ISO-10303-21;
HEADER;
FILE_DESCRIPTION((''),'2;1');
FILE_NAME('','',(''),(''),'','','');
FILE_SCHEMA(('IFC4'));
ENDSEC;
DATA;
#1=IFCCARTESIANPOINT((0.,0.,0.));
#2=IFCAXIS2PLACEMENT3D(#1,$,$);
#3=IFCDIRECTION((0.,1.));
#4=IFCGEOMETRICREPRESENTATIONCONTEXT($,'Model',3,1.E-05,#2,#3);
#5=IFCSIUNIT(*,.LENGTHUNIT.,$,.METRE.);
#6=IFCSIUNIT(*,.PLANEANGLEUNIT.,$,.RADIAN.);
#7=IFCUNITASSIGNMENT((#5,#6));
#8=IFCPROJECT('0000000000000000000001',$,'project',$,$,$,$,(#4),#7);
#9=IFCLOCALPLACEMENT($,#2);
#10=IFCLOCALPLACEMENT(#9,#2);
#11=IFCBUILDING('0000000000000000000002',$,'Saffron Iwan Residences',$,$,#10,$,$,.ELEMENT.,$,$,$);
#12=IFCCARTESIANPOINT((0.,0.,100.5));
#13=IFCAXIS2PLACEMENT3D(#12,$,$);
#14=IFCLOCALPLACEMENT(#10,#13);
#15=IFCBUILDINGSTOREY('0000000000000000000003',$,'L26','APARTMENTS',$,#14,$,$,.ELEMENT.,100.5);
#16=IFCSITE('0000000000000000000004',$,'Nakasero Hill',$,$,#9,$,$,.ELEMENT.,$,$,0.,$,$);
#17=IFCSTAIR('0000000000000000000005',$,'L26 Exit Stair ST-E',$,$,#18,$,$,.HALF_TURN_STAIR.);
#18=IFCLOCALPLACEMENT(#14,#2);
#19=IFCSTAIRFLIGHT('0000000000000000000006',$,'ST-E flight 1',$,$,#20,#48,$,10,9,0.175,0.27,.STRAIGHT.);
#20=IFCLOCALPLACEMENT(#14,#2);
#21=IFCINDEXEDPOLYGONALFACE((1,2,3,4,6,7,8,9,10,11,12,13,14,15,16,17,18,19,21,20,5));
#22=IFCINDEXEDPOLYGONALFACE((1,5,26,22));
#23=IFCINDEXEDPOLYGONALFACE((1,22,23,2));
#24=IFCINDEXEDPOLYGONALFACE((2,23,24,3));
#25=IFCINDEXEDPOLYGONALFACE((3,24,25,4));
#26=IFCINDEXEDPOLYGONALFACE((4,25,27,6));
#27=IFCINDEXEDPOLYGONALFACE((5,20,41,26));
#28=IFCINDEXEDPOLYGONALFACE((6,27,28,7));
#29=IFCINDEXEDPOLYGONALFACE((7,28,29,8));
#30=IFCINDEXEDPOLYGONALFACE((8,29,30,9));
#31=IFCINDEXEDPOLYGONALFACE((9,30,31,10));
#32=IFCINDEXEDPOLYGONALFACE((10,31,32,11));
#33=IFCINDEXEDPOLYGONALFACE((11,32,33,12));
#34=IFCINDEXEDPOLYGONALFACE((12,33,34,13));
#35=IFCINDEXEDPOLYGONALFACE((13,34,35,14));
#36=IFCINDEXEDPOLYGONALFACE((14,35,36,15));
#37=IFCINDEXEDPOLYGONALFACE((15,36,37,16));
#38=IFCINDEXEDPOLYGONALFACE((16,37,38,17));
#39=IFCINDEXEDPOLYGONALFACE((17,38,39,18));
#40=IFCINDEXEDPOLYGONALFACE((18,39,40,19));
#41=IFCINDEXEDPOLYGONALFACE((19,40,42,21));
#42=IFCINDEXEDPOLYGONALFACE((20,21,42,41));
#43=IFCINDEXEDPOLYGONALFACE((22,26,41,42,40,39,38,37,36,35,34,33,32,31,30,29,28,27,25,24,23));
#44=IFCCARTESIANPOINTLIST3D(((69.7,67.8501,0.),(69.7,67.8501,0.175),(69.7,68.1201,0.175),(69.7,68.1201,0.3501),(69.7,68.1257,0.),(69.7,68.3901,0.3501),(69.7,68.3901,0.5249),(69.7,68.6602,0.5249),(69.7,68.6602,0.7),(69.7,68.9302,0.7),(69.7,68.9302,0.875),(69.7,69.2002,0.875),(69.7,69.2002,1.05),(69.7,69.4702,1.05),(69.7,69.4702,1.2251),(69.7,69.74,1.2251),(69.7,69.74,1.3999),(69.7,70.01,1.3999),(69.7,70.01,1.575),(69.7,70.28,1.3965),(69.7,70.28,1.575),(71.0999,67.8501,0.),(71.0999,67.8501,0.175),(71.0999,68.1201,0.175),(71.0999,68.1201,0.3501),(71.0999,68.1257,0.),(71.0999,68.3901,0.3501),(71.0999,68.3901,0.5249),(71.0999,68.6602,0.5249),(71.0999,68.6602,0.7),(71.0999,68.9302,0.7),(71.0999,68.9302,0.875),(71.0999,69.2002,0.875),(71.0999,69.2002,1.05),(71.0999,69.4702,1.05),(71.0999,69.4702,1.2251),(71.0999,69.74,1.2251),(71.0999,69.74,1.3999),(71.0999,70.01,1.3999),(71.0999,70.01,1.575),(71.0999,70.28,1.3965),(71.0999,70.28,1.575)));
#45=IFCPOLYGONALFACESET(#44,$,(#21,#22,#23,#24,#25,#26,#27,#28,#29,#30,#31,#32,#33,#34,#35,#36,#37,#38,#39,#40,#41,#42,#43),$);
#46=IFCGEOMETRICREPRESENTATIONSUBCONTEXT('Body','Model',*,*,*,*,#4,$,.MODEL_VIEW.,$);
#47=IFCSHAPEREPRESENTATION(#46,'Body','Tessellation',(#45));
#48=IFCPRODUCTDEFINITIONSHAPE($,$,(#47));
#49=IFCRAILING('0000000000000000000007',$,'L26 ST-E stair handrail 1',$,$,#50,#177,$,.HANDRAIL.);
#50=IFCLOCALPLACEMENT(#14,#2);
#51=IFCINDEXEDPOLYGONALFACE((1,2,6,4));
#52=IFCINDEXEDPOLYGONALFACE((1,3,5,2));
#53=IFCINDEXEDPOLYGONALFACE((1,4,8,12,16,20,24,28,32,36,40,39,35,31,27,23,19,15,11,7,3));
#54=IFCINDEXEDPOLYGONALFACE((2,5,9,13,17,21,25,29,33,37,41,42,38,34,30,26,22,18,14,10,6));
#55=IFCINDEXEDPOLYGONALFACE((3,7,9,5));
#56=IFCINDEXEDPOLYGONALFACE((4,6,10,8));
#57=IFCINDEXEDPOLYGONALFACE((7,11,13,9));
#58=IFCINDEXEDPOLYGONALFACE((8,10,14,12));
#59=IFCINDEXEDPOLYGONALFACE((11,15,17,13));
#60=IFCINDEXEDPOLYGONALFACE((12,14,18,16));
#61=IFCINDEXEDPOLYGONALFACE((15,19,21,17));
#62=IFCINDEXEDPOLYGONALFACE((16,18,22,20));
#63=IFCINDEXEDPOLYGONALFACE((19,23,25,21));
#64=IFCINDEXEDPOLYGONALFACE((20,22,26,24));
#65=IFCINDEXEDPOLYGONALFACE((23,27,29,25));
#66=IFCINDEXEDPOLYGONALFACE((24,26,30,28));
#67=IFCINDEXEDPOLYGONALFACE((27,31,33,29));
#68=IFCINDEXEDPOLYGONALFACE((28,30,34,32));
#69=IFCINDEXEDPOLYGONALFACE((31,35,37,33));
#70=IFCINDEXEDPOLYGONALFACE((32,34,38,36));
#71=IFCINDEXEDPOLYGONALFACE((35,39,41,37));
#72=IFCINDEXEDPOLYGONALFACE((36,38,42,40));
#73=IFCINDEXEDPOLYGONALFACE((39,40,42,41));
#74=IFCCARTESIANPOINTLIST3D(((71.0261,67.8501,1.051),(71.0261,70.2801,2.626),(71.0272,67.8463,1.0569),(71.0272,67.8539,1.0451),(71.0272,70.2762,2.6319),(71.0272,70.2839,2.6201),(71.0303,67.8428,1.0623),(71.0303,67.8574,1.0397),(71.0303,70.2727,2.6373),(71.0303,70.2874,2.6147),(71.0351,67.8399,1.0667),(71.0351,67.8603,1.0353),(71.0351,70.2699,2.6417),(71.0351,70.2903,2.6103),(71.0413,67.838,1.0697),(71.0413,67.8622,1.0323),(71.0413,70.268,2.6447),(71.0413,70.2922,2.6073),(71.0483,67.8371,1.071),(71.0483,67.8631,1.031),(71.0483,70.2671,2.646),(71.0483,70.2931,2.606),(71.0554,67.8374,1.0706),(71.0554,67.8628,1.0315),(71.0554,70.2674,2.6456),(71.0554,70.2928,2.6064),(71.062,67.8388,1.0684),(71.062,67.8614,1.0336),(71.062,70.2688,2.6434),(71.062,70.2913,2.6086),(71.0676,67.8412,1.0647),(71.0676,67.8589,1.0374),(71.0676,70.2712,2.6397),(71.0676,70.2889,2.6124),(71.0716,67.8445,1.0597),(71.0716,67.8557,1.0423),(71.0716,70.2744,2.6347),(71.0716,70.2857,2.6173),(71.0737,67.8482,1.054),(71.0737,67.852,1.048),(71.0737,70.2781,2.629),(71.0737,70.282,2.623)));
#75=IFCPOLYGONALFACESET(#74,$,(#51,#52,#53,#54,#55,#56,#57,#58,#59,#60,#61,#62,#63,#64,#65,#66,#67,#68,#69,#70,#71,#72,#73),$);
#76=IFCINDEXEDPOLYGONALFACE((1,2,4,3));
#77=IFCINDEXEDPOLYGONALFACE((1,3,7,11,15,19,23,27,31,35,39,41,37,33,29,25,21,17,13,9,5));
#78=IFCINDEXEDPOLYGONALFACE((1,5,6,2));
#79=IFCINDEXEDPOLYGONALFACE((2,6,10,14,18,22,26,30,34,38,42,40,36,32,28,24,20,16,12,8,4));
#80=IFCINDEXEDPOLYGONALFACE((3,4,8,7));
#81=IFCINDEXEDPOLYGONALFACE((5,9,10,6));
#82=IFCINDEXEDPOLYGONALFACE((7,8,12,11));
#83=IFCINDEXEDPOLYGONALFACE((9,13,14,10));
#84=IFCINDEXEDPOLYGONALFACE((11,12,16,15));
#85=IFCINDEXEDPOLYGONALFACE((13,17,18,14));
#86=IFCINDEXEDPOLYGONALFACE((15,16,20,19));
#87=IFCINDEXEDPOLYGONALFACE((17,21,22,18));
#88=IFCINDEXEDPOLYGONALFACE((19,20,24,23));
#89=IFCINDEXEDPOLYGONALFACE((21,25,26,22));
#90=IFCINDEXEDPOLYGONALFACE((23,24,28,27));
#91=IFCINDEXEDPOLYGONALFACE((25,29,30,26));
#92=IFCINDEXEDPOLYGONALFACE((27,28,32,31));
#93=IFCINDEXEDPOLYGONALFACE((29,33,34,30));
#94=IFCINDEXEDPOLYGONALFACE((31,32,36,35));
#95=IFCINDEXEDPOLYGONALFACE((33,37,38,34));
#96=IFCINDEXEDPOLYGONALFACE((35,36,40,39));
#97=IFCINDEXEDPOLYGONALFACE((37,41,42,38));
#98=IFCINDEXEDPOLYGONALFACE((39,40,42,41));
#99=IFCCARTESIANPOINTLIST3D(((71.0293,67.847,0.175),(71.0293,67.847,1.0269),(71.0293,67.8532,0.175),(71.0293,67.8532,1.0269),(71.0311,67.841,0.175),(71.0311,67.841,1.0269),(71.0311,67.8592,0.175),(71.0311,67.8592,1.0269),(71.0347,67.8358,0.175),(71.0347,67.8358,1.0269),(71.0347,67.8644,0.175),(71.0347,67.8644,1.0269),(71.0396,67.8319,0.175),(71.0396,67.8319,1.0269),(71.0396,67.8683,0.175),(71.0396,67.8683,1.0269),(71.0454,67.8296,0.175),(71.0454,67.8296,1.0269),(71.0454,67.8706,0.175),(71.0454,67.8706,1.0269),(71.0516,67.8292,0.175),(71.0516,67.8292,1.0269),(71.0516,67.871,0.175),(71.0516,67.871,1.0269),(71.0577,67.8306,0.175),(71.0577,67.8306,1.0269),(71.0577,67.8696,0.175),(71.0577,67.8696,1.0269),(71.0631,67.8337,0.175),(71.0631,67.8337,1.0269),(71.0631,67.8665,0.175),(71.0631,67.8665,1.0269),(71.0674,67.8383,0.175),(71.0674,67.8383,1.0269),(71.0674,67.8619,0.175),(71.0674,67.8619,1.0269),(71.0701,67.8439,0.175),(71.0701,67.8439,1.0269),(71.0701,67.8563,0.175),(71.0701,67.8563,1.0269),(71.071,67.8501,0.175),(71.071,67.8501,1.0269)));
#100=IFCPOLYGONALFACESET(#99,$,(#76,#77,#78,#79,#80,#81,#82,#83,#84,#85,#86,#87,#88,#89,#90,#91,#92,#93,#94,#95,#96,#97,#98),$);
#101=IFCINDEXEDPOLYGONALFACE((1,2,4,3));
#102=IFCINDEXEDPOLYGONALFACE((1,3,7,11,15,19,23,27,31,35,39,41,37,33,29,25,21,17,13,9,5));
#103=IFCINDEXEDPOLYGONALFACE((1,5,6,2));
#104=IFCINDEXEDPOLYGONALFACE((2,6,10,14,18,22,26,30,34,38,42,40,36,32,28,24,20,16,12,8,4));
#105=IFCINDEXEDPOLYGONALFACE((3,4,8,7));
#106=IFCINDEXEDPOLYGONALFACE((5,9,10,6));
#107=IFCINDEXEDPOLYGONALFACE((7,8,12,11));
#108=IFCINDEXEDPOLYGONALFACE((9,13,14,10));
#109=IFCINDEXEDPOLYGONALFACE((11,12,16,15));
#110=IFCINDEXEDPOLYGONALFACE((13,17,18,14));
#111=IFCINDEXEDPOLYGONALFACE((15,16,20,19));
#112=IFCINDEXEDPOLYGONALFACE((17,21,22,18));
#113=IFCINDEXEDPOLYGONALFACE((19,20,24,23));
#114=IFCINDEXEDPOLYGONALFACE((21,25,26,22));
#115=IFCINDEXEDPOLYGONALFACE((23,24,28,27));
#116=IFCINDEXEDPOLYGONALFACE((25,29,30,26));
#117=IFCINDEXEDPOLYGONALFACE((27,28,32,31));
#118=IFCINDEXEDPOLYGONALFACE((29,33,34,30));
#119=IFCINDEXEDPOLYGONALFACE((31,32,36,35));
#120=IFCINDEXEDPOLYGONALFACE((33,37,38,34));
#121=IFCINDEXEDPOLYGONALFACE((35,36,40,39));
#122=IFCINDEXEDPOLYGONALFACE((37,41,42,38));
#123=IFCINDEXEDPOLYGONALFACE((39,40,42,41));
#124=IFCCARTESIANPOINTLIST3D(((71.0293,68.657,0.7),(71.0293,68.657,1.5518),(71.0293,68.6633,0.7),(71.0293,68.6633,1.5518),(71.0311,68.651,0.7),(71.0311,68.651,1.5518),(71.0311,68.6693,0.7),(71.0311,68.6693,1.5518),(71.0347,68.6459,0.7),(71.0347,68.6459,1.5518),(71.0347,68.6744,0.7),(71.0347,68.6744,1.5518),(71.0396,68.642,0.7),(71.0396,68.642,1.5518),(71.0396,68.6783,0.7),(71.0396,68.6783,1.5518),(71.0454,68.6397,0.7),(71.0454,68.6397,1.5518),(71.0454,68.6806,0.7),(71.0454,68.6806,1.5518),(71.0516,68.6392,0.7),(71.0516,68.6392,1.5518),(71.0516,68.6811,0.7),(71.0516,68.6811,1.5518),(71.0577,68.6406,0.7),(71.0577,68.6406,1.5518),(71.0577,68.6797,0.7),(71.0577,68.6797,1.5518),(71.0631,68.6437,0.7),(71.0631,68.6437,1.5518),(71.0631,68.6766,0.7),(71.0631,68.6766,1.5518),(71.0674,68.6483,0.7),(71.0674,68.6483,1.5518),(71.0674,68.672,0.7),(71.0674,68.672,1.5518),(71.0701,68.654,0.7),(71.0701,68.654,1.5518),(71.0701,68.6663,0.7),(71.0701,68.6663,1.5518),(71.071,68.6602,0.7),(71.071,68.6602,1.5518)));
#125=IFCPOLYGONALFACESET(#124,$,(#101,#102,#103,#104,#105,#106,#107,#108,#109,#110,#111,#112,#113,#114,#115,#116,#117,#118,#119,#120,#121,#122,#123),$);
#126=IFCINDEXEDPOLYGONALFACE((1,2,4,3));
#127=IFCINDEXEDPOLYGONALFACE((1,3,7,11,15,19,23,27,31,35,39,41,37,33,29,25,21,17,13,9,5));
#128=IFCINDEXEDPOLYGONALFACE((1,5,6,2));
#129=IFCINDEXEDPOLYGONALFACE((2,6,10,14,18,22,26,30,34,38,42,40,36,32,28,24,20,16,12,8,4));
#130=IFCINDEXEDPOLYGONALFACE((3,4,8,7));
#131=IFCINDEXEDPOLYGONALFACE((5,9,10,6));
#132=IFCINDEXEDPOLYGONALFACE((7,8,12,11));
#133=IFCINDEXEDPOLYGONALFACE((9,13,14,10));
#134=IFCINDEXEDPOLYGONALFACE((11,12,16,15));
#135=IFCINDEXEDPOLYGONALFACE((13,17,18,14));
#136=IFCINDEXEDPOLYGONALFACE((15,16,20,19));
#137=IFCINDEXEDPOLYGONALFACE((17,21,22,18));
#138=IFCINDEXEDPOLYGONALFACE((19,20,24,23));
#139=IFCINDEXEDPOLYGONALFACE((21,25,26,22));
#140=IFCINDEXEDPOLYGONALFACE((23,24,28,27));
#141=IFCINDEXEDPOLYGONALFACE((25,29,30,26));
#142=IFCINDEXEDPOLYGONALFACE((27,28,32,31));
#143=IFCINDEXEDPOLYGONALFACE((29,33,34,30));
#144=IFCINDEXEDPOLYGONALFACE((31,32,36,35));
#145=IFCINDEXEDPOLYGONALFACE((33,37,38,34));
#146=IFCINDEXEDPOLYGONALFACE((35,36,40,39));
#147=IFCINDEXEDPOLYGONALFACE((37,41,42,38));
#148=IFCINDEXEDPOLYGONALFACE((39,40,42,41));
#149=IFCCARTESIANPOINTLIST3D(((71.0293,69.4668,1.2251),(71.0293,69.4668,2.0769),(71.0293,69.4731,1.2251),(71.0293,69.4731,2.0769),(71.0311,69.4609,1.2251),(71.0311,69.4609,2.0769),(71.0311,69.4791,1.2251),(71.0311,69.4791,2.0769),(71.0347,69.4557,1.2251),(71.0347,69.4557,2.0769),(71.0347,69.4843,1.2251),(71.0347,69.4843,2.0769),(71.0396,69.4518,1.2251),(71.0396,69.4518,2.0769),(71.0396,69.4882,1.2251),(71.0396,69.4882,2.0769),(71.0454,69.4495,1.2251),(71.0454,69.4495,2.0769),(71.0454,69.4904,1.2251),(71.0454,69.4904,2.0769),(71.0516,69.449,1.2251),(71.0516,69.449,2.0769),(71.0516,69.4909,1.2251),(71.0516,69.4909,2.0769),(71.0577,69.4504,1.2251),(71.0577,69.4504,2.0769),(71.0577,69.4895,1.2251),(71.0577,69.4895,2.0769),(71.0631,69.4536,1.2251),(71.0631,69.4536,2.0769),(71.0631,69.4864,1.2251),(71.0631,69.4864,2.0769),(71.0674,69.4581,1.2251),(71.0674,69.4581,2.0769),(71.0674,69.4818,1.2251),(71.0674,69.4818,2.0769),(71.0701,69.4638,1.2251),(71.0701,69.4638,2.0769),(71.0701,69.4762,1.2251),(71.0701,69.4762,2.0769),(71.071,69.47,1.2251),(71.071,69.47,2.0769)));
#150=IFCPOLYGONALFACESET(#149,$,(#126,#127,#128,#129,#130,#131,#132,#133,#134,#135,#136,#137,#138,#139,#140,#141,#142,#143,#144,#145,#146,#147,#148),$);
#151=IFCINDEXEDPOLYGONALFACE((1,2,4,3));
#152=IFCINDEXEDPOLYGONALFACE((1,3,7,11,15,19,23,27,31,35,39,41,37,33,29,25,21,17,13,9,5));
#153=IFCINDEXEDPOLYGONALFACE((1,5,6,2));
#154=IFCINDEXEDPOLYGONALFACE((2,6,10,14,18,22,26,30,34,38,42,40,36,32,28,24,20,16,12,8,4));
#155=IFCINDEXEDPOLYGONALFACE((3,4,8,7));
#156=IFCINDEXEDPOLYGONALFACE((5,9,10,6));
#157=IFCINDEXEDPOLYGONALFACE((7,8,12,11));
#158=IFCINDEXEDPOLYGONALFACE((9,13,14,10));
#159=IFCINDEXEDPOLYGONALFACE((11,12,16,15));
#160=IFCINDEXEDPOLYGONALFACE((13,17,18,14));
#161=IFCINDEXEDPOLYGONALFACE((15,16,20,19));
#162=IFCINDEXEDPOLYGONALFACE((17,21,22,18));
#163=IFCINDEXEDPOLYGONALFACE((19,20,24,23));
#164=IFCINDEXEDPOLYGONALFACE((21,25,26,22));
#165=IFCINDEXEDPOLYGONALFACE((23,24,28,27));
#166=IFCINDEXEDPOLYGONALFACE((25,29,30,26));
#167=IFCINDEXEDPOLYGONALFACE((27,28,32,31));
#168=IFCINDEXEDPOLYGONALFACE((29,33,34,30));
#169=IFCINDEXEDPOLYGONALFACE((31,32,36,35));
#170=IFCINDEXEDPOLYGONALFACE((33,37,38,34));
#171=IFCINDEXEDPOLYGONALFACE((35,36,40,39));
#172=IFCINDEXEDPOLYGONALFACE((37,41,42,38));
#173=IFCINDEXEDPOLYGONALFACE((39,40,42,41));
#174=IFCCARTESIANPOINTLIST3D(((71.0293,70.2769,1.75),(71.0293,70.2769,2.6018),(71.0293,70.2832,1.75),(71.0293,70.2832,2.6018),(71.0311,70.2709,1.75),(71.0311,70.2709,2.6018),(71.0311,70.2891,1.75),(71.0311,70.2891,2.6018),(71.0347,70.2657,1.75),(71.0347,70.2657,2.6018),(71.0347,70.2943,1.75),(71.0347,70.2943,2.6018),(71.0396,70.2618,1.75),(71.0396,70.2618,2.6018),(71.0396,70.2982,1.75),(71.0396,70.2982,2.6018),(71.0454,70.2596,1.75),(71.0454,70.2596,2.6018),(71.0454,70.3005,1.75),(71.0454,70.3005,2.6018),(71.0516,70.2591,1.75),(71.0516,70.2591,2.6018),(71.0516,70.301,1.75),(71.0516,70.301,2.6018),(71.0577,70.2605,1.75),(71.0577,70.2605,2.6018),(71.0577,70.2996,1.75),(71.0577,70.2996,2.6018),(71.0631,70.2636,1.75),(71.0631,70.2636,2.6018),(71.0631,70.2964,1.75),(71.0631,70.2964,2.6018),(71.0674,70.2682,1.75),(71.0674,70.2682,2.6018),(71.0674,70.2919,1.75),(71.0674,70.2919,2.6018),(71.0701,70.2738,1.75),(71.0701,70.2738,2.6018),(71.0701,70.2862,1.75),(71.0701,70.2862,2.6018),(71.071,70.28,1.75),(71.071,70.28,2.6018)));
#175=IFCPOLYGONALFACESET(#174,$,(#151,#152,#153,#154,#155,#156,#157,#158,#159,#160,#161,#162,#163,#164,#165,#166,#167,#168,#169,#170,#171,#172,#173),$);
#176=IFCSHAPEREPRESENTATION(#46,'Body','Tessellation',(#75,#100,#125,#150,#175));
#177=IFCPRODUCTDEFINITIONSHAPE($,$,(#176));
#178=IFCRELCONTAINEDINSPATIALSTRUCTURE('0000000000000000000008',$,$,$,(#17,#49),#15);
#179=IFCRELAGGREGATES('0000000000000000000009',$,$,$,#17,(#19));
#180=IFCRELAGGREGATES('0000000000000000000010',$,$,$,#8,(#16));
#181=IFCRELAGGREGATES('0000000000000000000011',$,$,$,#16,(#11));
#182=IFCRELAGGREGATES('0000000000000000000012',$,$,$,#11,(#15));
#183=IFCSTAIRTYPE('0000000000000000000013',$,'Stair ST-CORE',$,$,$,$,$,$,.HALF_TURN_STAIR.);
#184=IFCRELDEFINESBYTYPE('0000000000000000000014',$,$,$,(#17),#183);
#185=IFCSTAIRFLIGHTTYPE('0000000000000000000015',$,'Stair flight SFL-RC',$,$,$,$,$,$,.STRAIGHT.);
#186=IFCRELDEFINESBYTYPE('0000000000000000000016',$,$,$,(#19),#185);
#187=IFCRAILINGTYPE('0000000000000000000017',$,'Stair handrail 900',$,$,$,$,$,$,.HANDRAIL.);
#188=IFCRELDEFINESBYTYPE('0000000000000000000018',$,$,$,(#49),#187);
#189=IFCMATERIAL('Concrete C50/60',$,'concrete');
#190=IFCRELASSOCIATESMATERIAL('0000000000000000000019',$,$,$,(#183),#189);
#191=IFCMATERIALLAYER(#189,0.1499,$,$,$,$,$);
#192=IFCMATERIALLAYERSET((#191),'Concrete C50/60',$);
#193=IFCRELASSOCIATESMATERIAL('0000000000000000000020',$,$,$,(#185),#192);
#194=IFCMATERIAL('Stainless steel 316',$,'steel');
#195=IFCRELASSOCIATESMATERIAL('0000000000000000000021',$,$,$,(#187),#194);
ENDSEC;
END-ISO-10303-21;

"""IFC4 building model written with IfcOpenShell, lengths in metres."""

from ifc_helpers import new_model, si_unit, direction, frame, origin, origin_2d, place, context, subcontext, project, spatial, polyline, circle, outline, extrude, material, layer, layer_set, type_object, element, aggregate, save


model = new_model("IFC4")

# Units and contexts
model_context = context("Model", 3, precision=1e-05, world=origin(), true_north=direction((0.0, 1.0)))
body_context = subcontext(model_context, "Body", "Model", "MODEL_VIEW")
ifc_project = project(units=[si_unit("LENGTHUNIT", "METRE"), si_unit("PLANEANGLEUNIT", "RADIAN")], contexts=[model_context])

# Site, building, storey
site_placement = place(None, origin())
site = spatial("IfcSite", under=ifc_project, at=site_placement, Name="Nakasero Hill", CompositionType="ELEMENT", RefElevation=0.0)
building_placement = place(site_placement, origin())
building = spatial("IfcBuilding", under=site, at=building_placement, Name="Saffron Iwan Residences", CompositionType="ELEMENT")
storey_placement = place(building_placement, frame((0.0, 0.0, 100.5)))
storey = spatial("IfcBuildingStorey", under=building, at=storey_placement, Name="L26", Description="APARTMENTS", CompositionType="ELEMENT", Elevation=100.5)

# Stair, stair flight
ifc_material_1 = material(Name="Concrete C50/60", Category="concrete")
stair_type = type_object("IfcStairType", Name="Stair ST-CORE", PredefinedType="HALF_TURN_STAIR", material=ifc_material_1)
stair_placement = place(storey_placement, origin())
stair = element("IfcStair", 1, at=stair_placement, inside=storey, type_object=stair_type, Name="L26 Exit Stair ST-E", PredefinedType="HALF_TURN_STAIR")
ifc_layer_1 = layer(ifc_material_1, 0.1499)
ifc_layer_set_1 = layer_set([ifc_layer_1], Name="Concrete C50/60")
stair_flight_type = type_object("IfcStairFlightType", Name="Stair flight SFL-RC", PredefinedType="STRAIGHT", material=ifc_layer_set_1)
stair_flight_placement = place(storey_placement, frame((70.3999, 67.8501, 0.0), z_axis=(0.0, 0.0, 1.0), x_axis=(0.0, 1.0, 0.0)))
stair_flight = element("IfcStairFlight", 2, at=stair_flight_placement, type_object=stair_flight_type, Name="ST-E flight 1", NumberOfRisers=10, NumberOfTreads=9, PredefinedType="STRAIGHT", RiserHeight=0.175, TreadLength=0.27, context=body_context, shape_type="SweptSolid", body=[
    extrude(outline(polyline([(0.0, 0.0), (0.0, 0.175), (0.27, 0.175), (0.27, 0.3501), (0.54, 0.3501), (0.54, 0.5249), (0.8101, 0.5249), (0.8101, 0.7), (1.0801, 0.7), (1.0801, 0.875), (1.3501, 0.875), (1.3501, 1.05), (1.6201, 1.05), (1.6201, 1.2251), (1.8899, 1.2251), (1.8899, 1.3999), (2.1599, 1.3999), (2.1599, 1.575), (2.4299, 1.575), (2.4299, 1.75), (2.4299, 1.3965), (0.2756, 0.0), (0.0, 0.0)])), frame((0.0, 0.7, 0.0), z_axis=(0.0, -1.0, 0.0), x_axis=(1.0, 0.0, 0.0)), (0.0, 0.0, 1.0), 1.3999),
])
aggregate(stair, [stair_flight])

# Railing
ifc_material_2 = material(Name="Stainless steel 316", Category="steel")
railing_type_1 = type_object("IfcRailingType", Name="Stair handrail 900", PredefinedType="HANDRAIL", material=ifc_material_2)
railing_1_placement = place(storey_placement, frame((71.05, 67.8501, 0.175)))
element("IfcRailing", 3, at=railing_1_placement, inside=storey, type_object=railing_type_1, Name="L26 ST-E stair handrail 1", PredefinedType="HANDRAIL", context=body_context, shape_type="SweptSolid", body=[
    extrude(circle(Radius=0.0239, at=origin_2d()), frame((0.0, 0.0, 0.876), z_axis=(0.0, 0.839154, 0.543894), x_axis=(-1.0, 0.0, 0.0)), (0.0, 0.0, 1.0), 2.8958),
    extrude(circle(Radius=0.021, at=origin_2d()), origin(), (0.0, 0.0, 1.0), 0.8518),
    extrude(circle(Radius=0.021, at=origin_2d()), frame((0.0, 0.8101, 0.5249)), (0.0, 0.0, 1.0), 0.8518),
    extrude(circle(Radius=0.021, at=origin_2d()), frame((0.0, 1.6199, 1.05)), (0.0, 0.0, 1.0), 0.8518),
    extrude(circle(Radius=0.021, at=origin_2d()), frame((0.0, 2.4299, 1.575)), (0.0, 0.0, 1.0), 0.8518),
])

save(model, "model.ifc")
